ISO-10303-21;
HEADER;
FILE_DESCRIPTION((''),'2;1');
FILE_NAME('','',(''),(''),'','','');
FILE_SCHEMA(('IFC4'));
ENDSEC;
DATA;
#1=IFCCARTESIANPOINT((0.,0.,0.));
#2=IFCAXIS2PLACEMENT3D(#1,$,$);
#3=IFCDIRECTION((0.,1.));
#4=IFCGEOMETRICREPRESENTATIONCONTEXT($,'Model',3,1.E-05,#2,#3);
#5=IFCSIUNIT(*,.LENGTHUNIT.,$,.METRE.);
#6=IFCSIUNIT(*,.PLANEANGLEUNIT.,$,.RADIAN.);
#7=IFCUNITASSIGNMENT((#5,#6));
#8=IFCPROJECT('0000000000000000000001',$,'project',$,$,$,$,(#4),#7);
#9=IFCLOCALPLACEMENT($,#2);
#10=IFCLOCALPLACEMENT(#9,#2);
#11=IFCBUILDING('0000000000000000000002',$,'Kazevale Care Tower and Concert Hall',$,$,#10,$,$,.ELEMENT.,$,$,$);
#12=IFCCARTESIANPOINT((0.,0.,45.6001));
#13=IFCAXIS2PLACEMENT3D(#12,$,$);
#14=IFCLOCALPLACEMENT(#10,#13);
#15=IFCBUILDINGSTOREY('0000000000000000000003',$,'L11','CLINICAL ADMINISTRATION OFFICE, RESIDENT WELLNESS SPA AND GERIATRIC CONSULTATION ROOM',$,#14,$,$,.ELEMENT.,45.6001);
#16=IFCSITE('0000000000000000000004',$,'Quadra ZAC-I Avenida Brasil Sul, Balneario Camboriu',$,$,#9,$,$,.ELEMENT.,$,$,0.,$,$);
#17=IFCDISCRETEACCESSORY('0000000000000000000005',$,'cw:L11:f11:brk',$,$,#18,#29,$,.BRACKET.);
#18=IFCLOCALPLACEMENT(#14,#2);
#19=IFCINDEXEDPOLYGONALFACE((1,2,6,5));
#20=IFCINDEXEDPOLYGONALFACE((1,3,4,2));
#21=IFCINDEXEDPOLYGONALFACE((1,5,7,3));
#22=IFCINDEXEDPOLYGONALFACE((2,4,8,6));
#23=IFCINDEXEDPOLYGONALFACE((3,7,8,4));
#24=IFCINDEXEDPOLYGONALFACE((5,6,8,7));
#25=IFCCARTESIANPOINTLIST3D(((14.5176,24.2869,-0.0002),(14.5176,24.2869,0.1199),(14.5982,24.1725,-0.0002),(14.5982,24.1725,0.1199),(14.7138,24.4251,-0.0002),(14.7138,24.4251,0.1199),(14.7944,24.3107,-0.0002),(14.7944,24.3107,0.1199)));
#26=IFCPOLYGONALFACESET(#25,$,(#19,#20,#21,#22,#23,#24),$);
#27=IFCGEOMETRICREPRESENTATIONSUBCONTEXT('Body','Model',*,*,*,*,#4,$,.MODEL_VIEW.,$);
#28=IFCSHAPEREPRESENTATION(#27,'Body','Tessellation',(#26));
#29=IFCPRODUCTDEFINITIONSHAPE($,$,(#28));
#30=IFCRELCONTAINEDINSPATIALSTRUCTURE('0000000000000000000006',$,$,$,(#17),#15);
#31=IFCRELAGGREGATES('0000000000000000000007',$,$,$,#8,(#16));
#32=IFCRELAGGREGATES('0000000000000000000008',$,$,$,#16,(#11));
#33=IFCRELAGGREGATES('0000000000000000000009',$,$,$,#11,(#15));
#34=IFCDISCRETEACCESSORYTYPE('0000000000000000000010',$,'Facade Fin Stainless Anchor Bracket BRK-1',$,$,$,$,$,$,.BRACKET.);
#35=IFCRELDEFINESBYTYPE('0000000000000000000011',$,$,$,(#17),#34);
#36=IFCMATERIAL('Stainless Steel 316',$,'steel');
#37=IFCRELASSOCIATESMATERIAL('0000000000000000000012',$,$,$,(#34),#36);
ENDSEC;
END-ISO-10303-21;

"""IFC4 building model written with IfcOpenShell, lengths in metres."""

from ifc_helpers import new_model, si_unit, direction, frame, origin, origin_2d, place, context, subcontext, project, spatial, rectangle, extrude, material, type_object, element, save


model = new_model("IFC4")

# Units and contexts
model_context = context("Model", 3, precision=1e-05, world=origin(), true_north=direction((0.0, 1.0)))
body_context = subcontext(model_context, "Body", "Model", "MODEL_VIEW")
ifc_project = project(units=[si_unit("LENGTHUNIT", "METRE"), si_unit("PLANEANGLEUNIT", "RADIAN")], contexts=[model_context])

# Site, building, storey
site_placement = place(None, origin())
site = spatial("IfcSite", under=ifc_project, at=site_placement, Name="Quadra ZAC-I Avenida Brasil Sul, Balneario Camboriu", CompositionType="ELEMENT", RefElevation=0.0)
building_placement = place(site_placement, origin())
building = spatial("IfcBuilding", under=site, at=building_placement, Name="Kazevale Care Tower and Concert Hall", CompositionType="ELEMENT")
storey_placement = place(building_placement, frame((0.0, 0.0, 45.6001)))
storey = spatial("IfcBuildingStorey", under=building, at=storey_placement, Name="L11", Description="CLINICAL ADMINISTRATION OFFICE, RESIDENT WELLNESS SPA AND GERIATRIC CONSULTATION ROOM", CompositionType="ELEMENT", Elevation=45.6001)

# Discrete accessory
ifc_material_1 = material(Name="Stainless Steel 316", Category="steel")
discrete_accessory_type = type_object("IfcDiscreteAccessoryType", Name="Facade Fin Stainless Anchor Bracket BRK-1", PredefinedType="BRACKET", material=ifc_material_1)
discrete_accessory_placement = place(storey_placement, frame((14.656, 24.2988, -0.0002), z_axis=(0.0, 0.0, 1.0), x_axis=(-0.817547, -0.575862, 0.0)))
element("IfcDiscreteAccessory", 1, at=discrete_accessory_placement, inside=storey, type_object=discrete_accessory_type, Name="cw:L11:f11:brk", PredefinedType="BRACKET", context=body_context, shape_type="SweptSolid", body=[
    extrude(rectangle(XDim=0.24, YDim=0.1399, at=origin_2d()), origin(), (0.0, 0.0, 1.0), 0.1201),
])

save(model, "model.ifc")
